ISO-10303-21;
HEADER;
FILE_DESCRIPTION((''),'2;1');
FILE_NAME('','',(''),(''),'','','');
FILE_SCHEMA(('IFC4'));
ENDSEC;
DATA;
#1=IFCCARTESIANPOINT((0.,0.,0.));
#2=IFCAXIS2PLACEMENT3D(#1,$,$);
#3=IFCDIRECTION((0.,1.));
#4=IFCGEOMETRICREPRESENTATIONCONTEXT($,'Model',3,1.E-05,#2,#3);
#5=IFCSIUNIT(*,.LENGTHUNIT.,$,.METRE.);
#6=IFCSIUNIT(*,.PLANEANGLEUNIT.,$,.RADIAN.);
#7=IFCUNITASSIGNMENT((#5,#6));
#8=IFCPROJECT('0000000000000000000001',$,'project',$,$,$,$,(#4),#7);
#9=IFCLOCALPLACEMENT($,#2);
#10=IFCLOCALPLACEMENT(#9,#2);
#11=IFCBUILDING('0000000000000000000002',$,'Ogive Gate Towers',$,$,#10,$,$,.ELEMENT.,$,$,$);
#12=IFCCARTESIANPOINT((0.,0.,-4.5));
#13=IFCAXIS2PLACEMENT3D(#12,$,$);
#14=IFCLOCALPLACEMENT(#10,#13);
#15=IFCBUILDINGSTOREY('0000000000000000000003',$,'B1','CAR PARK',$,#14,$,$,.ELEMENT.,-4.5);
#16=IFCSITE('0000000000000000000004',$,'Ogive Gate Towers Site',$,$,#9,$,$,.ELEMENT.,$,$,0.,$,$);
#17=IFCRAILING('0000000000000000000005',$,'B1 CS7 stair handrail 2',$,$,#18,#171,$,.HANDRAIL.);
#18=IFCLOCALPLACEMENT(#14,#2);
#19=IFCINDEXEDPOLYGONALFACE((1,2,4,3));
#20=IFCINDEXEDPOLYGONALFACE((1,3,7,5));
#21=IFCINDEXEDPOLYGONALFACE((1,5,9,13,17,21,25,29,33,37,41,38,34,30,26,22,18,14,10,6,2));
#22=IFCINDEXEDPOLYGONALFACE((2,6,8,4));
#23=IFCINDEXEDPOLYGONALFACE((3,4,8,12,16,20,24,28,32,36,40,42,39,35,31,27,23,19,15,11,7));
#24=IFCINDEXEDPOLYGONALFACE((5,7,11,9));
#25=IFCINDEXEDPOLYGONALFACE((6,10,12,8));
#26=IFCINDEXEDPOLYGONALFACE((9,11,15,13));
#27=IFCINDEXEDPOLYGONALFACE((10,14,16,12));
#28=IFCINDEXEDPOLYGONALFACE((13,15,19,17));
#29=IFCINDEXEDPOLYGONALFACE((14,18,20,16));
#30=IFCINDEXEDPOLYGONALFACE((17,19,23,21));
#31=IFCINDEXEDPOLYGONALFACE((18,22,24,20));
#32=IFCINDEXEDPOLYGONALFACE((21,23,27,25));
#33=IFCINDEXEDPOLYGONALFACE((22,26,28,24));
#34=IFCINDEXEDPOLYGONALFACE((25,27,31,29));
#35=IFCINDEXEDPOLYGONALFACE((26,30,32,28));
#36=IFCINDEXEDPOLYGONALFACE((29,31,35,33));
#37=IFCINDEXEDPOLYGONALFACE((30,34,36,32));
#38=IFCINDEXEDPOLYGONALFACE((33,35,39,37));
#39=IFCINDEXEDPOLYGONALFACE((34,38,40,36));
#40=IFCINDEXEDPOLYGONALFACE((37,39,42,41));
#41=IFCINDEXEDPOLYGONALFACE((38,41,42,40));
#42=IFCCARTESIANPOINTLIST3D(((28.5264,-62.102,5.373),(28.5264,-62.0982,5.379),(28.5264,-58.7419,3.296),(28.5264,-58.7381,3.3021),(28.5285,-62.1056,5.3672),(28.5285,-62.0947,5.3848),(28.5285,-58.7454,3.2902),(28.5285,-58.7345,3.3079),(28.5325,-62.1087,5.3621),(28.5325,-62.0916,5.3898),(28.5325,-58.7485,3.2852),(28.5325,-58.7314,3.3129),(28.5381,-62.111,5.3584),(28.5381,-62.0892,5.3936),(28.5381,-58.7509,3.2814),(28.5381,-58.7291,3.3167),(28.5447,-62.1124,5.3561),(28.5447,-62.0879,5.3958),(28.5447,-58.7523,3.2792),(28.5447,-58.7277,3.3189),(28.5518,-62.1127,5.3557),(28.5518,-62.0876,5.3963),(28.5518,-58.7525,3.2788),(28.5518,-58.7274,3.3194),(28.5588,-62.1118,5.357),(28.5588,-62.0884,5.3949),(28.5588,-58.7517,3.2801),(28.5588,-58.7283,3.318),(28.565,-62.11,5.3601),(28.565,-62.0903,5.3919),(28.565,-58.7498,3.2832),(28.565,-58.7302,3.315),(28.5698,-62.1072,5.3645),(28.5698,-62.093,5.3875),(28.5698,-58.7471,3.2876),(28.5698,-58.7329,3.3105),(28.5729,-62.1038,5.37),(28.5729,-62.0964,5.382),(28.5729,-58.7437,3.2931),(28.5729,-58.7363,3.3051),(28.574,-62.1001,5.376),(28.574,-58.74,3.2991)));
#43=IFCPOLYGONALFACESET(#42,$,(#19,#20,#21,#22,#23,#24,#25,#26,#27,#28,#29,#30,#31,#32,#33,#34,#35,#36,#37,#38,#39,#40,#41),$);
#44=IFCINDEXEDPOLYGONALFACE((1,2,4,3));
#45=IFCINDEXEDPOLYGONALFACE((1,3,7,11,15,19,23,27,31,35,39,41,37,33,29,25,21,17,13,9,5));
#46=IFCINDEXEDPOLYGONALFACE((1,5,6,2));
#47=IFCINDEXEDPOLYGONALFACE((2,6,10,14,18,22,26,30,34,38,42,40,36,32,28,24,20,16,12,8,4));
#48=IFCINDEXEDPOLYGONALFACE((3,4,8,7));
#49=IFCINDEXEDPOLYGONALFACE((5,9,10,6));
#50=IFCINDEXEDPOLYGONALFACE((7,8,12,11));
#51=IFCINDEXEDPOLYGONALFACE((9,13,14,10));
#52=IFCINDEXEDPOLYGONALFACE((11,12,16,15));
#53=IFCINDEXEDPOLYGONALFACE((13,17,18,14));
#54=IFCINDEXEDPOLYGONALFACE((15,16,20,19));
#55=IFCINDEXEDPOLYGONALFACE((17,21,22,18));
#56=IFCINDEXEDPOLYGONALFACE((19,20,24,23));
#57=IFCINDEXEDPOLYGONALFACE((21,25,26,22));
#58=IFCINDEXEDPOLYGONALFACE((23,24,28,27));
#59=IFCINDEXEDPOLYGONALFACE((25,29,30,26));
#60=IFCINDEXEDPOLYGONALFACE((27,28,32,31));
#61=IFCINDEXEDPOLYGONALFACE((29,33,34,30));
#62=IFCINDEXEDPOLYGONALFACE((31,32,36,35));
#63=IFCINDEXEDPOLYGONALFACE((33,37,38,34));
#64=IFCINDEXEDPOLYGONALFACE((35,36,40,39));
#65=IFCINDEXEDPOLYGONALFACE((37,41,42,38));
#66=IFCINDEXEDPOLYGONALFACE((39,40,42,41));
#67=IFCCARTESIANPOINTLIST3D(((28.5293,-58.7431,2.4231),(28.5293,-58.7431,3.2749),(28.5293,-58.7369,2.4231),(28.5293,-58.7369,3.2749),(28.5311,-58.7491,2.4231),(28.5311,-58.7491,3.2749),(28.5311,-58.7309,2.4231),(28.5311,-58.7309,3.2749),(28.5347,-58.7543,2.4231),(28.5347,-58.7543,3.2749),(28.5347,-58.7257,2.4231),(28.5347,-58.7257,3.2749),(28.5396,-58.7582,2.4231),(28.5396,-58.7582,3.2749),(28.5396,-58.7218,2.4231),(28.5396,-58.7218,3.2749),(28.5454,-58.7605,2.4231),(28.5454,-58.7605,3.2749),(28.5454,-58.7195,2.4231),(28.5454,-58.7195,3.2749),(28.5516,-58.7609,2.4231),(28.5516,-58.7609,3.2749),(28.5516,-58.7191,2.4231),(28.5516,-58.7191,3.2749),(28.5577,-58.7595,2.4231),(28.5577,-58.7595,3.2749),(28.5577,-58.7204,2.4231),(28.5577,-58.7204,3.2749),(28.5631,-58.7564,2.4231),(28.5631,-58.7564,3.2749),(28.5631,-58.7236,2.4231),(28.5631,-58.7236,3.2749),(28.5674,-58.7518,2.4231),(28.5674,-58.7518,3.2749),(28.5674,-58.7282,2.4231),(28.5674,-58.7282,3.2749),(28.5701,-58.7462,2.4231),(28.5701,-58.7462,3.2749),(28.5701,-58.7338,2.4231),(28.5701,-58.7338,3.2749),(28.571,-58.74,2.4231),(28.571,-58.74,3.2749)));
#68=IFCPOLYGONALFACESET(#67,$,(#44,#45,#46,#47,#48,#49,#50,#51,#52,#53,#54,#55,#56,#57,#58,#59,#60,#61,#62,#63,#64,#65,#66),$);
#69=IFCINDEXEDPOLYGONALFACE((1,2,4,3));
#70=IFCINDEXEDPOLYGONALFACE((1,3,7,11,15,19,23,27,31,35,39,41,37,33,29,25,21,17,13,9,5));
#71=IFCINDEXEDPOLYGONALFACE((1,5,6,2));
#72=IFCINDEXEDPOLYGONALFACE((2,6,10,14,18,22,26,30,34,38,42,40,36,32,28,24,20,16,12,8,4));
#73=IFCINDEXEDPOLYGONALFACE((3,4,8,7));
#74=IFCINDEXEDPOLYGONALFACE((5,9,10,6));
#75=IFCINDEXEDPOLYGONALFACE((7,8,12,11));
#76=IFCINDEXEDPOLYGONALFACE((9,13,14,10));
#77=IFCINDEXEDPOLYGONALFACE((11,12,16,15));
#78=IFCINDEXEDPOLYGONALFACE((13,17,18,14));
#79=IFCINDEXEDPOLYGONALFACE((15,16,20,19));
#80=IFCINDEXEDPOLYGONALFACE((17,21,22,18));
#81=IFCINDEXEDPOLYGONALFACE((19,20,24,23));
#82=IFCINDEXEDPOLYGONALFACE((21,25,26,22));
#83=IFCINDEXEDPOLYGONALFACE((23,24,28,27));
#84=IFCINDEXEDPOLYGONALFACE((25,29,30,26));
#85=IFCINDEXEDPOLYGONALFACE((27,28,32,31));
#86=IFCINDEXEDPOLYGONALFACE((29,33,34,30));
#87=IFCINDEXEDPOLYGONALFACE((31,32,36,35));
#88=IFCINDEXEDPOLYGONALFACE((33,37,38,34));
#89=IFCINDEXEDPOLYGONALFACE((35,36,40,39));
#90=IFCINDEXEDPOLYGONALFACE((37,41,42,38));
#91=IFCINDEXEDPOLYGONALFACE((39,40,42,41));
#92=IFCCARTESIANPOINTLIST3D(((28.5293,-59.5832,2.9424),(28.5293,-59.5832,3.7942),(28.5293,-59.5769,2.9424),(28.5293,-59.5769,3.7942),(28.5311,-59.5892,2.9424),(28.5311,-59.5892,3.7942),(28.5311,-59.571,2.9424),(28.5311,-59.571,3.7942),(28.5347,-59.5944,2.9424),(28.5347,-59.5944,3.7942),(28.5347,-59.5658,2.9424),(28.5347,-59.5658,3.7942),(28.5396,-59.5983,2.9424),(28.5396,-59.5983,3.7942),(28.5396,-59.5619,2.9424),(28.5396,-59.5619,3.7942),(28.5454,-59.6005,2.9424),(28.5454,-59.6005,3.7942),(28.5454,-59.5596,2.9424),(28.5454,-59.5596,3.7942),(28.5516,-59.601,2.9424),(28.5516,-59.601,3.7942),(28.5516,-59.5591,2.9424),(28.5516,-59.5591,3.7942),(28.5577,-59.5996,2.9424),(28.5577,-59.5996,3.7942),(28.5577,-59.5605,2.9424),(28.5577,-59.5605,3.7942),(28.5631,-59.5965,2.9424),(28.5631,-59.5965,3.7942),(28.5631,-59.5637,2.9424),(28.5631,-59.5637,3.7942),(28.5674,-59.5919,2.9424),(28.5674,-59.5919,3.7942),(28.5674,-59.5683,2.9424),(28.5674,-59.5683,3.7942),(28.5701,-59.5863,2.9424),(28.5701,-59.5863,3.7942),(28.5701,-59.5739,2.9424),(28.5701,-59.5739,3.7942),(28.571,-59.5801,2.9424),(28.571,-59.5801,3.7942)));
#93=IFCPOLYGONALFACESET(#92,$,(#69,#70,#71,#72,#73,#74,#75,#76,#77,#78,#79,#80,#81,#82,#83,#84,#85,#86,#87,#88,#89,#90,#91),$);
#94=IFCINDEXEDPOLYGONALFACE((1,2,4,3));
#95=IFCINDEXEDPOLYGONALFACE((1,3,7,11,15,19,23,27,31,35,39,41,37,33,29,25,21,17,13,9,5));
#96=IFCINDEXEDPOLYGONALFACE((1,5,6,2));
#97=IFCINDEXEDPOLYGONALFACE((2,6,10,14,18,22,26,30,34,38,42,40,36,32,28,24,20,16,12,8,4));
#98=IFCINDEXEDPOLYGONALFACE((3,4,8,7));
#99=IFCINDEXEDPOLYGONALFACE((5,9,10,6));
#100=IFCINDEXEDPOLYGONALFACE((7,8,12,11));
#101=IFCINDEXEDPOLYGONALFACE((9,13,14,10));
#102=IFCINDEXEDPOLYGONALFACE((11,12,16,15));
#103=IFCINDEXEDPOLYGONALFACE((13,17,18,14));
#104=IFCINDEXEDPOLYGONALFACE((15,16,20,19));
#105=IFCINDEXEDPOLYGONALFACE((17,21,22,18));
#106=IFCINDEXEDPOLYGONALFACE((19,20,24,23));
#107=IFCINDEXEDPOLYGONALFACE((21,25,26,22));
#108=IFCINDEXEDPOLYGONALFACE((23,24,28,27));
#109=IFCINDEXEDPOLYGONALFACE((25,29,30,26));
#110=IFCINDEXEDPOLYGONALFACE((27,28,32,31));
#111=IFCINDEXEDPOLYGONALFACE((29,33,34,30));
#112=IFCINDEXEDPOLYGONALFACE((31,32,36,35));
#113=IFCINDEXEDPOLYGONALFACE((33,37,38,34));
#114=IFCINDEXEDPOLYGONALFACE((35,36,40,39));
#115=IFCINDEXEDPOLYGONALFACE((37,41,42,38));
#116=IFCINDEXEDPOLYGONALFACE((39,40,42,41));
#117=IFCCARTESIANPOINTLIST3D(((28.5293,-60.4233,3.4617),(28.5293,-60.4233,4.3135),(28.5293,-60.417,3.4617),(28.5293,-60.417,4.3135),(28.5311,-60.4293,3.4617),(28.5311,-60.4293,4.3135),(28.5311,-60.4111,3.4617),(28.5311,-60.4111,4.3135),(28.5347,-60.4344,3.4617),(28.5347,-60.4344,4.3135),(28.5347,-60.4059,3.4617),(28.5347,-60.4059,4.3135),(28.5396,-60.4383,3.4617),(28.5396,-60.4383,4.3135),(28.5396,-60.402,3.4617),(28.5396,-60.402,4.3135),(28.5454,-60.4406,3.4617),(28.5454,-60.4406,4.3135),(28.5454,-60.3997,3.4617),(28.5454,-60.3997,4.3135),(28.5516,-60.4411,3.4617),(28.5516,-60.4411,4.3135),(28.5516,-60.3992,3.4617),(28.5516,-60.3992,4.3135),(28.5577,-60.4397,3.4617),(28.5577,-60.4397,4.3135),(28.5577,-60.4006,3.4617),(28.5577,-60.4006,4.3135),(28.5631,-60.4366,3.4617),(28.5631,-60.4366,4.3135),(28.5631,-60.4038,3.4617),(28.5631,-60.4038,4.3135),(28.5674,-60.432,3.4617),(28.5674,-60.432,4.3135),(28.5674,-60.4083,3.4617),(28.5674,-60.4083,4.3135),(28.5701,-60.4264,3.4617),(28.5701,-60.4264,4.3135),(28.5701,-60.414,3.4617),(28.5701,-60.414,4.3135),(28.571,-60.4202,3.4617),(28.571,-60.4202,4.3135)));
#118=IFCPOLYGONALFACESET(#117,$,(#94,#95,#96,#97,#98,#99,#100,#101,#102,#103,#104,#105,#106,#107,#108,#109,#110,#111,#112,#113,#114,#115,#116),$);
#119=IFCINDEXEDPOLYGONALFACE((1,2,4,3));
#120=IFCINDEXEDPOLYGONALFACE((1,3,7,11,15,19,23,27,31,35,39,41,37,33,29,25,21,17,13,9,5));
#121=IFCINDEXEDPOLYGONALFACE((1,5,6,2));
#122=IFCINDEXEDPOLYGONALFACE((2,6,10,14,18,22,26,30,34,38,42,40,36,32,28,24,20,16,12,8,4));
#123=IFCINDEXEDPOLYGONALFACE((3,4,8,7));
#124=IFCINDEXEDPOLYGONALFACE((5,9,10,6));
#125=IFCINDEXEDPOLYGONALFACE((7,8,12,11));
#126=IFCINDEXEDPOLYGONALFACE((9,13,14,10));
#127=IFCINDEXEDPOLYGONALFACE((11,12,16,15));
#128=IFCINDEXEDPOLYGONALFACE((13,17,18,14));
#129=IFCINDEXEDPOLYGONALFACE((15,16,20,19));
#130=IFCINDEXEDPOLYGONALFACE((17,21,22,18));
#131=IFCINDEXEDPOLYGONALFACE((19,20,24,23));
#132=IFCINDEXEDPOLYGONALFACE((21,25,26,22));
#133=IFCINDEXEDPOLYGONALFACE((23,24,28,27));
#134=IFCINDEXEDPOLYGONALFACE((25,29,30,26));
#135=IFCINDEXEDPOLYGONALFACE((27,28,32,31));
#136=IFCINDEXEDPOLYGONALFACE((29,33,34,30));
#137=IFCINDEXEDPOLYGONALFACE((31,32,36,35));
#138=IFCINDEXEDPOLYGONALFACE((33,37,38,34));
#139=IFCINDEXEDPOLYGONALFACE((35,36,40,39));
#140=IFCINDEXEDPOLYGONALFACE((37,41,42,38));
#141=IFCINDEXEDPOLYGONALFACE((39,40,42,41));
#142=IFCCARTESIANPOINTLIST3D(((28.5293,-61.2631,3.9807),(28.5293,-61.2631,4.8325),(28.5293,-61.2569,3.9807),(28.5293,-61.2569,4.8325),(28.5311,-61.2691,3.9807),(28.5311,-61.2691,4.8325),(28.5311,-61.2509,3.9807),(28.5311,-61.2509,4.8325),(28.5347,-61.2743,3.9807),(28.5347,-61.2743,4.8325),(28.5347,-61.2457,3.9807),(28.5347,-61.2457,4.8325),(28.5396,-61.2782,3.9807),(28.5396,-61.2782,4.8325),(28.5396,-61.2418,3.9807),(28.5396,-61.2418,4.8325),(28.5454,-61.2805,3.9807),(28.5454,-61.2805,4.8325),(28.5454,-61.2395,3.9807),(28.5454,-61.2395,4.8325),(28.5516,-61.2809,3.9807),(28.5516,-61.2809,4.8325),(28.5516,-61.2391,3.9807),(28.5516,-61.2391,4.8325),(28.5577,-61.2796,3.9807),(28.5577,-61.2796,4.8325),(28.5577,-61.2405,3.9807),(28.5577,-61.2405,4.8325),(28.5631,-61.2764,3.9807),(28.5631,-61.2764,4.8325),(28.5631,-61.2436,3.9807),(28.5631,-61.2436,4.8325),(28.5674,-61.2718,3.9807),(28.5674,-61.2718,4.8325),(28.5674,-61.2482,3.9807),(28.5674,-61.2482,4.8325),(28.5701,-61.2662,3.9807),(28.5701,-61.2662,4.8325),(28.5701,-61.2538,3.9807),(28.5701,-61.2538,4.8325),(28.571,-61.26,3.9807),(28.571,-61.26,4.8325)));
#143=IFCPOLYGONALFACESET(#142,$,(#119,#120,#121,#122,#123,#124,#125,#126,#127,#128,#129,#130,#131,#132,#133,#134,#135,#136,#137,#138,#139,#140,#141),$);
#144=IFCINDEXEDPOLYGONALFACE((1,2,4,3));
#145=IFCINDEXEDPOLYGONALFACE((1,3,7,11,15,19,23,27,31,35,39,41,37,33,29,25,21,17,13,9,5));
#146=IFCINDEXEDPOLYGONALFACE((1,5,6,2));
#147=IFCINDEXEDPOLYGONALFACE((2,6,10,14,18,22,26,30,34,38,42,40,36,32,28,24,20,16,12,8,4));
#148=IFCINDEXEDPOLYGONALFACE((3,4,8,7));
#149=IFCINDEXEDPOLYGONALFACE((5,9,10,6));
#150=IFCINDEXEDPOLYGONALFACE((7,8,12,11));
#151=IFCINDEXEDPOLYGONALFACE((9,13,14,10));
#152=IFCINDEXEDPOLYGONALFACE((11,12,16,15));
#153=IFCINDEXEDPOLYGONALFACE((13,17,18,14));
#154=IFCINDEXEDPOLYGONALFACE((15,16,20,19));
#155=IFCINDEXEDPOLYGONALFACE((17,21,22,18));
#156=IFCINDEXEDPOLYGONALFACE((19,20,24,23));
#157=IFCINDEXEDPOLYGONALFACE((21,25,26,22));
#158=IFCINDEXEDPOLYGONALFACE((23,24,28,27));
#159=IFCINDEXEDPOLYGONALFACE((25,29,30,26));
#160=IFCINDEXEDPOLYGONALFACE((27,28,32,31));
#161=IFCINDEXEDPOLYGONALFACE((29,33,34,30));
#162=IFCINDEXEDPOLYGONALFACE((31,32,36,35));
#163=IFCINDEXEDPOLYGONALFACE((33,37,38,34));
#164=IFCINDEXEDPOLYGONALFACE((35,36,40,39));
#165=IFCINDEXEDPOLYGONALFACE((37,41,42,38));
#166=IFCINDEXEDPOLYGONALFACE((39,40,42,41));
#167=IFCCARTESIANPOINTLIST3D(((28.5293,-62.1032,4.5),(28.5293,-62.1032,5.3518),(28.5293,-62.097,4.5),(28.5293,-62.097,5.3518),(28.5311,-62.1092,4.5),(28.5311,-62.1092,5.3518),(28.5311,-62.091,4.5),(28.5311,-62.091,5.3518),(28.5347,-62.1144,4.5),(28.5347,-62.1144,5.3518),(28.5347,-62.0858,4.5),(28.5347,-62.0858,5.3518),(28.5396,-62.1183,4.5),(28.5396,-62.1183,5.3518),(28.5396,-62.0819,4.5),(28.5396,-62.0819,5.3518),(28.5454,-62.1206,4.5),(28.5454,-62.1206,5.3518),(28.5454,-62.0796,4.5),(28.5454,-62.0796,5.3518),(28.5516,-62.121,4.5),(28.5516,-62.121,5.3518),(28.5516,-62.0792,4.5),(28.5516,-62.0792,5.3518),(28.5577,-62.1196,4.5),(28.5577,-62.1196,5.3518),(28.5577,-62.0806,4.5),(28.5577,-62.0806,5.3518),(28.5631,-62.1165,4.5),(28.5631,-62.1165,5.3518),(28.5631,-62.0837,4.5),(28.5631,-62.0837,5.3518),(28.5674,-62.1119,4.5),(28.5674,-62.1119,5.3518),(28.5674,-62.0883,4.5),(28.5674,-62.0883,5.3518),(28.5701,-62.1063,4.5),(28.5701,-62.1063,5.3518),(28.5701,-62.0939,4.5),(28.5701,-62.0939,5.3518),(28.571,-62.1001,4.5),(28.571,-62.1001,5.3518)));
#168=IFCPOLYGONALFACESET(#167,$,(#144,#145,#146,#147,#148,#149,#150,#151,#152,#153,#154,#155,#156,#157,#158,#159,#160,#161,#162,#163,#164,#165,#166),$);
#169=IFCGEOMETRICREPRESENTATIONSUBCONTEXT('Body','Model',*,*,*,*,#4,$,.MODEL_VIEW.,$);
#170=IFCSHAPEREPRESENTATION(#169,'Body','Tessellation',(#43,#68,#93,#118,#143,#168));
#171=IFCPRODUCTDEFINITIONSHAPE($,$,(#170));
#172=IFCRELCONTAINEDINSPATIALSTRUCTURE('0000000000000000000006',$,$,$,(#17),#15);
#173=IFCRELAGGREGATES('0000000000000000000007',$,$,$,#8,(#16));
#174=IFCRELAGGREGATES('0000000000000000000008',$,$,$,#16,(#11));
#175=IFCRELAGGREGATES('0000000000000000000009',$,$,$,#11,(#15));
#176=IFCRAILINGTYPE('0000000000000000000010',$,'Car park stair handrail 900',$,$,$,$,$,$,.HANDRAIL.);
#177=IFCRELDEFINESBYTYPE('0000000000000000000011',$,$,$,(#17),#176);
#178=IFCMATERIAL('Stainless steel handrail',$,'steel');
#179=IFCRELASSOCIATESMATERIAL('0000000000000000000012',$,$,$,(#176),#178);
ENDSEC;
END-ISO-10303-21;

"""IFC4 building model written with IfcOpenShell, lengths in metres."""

from ifc_helpers import new_model, si_unit, direction, frame, origin, origin_2d, place, context, subcontext, project, spatial, circle, extrude, material, type_object, element, save


model = new_model("IFC4")

# Units and contexts
model_context = context("Model", 3, precision=1e-05, world=origin(), true_north=direction((0.0, 1.0)))
body_context = subcontext(model_context, "Body", "Model", "MODEL_VIEW")
ifc_project = project(units=[si_unit("LENGTHUNIT", "METRE"), si_unit("PLANEANGLEUNIT", "RADIAN")], contexts=[model_context])

# Site, building, storey
site_placement = place(None, origin())
site = spatial("IfcSite", under=ifc_project, at=site_placement, Name="Ogive Gate Towers Site", CompositionType="ELEMENT", RefElevation=0.0)
building_placement = place(site_placement, origin())
building = spatial("IfcBuilding", under=site, at=building_placement, Name="Ogive Gate Towers", CompositionType="ELEMENT")
storey_placement = place(building_placement, frame((0.0, 0.0, -4.5)))
storey = spatial("IfcBuildingStorey", under=building, at=storey_placement, Name="B1", Description="CAR PARK", CompositionType="ELEMENT", Elevation=-4.5)

# Railing
ifc_material_1 = material(Name="Stainless steel handrail", Category="steel")
railing_type_1 = type_object("IfcRailingType", Name="Car park stair handrail 900", PredefinedType="HANDRAIL", material=ifc_material_1)
railing_1_placement = place(storey_placement, frame((28.55, -58.74, 2.4231)))
element("IfcRailing", 1, at=railing_1_placement, inside=storey, type_object=railing_type_1, Name="B1 CS7 stair handrail 2", PredefinedType="HANDRAIL", context=body_context, shape_type="SweptSolid", body=[
    extrude(circle(Radius=0.0239, at=origin_2d()), frame((0.0, 0.0, 0.876), z_axis=(0.0, -0.850623, 0.525776), x_axis=(1.0, 0.0, 0.0)), (0.0, 0.0, 1.0), 3.9502),
    extrude(circle(Radius=0.021, at=origin_2d()), origin(), (0.0, 0.0, 1.0), 0.8518),
    extrude(circle(Radius=0.021, at=origin_2d()), frame((0.0, -0.8401, 0.5193)), (0.0, 0.0, 1.0), 0.8518),
    extrude(circle(Radius=0.021, at=origin_2d()), frame((0.0, -1.6802, 1.0386)), (0.0, 0.0, 1.0), 0.8518),
    extrude(circle(Radius=0.021, at=origin_2d()), frame((0.0, -2.52, 1.5576)), (0.0, 0.0, 1.0), 0.8518),
    extrude(circle(Radius=0.021, at=origin_2d()), frame((0.0, -3.3601, 2.0769)), (0.0, 0.0, 1.0), 0.8518),
])

save(model, "model.ifc")
